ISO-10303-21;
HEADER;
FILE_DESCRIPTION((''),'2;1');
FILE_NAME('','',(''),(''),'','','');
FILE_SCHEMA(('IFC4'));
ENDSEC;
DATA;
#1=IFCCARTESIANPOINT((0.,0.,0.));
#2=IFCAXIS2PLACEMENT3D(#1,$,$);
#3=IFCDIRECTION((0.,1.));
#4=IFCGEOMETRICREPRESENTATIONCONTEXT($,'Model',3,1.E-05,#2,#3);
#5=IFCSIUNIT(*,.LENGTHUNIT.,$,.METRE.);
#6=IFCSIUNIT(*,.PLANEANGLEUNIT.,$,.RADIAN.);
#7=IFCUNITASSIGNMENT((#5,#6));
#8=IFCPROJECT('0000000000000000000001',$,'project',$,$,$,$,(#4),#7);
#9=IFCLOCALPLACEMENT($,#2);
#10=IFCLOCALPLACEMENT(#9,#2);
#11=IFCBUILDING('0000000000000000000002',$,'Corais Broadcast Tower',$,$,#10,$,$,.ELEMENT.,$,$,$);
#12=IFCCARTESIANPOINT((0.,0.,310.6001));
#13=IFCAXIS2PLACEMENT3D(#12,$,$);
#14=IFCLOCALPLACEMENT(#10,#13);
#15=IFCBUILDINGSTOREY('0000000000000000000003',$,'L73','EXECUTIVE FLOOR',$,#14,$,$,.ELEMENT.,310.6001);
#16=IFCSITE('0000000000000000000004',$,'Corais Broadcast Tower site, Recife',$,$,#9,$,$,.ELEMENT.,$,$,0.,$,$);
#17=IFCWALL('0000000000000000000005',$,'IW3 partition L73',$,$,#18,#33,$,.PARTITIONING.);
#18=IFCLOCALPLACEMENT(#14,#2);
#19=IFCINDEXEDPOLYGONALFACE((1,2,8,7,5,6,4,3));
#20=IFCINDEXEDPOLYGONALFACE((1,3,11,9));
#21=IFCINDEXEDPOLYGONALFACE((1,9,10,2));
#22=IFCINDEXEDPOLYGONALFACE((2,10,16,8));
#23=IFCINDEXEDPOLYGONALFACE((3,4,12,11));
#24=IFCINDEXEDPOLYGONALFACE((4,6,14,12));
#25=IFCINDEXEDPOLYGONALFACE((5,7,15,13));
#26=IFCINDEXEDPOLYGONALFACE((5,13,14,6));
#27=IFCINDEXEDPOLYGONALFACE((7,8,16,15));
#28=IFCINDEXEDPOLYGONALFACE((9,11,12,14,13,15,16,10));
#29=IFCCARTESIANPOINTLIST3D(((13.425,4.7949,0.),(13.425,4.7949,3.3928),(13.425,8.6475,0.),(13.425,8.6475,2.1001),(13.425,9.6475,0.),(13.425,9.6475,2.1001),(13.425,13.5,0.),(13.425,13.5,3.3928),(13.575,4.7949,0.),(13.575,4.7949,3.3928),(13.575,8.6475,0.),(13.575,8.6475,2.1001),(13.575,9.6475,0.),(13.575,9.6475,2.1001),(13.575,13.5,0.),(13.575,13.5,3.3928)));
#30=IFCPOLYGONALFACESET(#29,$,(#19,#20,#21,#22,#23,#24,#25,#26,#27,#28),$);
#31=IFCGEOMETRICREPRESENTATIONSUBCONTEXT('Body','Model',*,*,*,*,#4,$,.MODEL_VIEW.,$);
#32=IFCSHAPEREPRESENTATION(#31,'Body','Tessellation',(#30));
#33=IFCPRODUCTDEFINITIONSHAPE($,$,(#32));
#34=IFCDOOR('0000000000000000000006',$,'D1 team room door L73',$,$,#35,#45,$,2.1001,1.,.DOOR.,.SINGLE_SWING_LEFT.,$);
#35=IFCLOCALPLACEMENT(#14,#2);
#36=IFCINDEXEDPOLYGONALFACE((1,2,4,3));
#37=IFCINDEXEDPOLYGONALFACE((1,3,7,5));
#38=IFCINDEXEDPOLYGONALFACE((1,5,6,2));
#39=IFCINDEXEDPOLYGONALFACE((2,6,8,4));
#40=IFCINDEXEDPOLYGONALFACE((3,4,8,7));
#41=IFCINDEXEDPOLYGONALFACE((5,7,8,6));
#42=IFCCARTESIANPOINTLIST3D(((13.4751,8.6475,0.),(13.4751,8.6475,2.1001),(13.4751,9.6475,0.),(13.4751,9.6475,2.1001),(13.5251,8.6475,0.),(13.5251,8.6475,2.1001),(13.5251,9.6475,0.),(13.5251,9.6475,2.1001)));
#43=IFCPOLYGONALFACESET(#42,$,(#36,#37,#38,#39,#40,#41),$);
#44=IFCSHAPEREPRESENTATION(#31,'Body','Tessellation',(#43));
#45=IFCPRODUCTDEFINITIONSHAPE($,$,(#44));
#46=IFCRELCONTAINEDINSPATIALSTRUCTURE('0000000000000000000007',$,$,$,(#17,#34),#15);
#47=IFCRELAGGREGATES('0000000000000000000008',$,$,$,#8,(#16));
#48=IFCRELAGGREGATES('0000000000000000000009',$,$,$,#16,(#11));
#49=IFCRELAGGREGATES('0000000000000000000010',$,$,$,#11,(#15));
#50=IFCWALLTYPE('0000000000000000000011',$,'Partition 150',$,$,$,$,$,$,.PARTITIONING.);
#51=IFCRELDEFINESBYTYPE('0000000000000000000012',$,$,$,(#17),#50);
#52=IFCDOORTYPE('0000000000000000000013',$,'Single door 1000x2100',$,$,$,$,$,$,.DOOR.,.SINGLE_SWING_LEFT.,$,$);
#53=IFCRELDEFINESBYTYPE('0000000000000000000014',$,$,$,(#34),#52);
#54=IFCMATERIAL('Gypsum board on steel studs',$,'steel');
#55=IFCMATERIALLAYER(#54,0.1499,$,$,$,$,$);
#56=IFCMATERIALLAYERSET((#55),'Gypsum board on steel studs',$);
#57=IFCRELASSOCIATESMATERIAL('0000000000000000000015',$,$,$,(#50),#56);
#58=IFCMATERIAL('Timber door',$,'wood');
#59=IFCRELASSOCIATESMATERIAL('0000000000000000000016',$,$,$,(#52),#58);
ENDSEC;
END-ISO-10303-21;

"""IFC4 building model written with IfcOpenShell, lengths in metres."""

from ifc_helpers import new_model, si_unit, direction, frame, frame_2d, origin, place, context, subcontext, project, spatial, rectangle, extrude, material, layer, layer_set, type_object, element, fill, save


model = new_model("IFC4")

# Units and contexts
model_context = context("Model", 3, precision=1e-05, world=origin(), true_north=direction((0.0, 1.0)))
body_context = subcontext(model_context, "Body", "Model", "MODEL_VIEW")
ifc_project = project(units=[si_unit("LENGTHUNIT", "METRE"), si_unit("PLANEANGLEUNIT", "RADIAN")], contexts=[model_context])

# Site, building, storey
site_placement = place(None, origin())
site = spatial("IfcSite", under=ifc_project, at=site_placement, Name="Corais Broadcast Tower site, Recife", CompositionType="ELEMENT", RefElevation=0.0)
building_placement = place(site_placement, origin())
building = spatial("IfcBuilding", under=site, at=building_placement, Name="Corais Broadcast Tower", CompositionType="ELEMENT")
storey_placement = place(building_placement, frame((0.0, 0.0, 310.6001)))
storey = spatial("IfcBuildingStorey", under=building, at=storey_placement, Name="L73", Description="EXECUTIVE FLOOR", CompositionType="ELEMENT", Elevation=310.6001)

# Wall, opening, door
ifc_material_1 = material(Name="Gypsum board on steel studs", Category="steel")
ifc_layer_1 = layer(ifc_material_1, 0.1499)
ifc_layer_set_1 = layer_set([ifc_layer_1], Name="Gypsum board on steel studs")
wall_type = type_object("IfcWallType", Name="Partition 150", PredefinedType="PARTITIONING", material=ifc_layer_set_1)
wall_placement = place(storey_placement, frame((13.5, 4.7949, 0.0), z_axis=(0.0, 0.0, 1.0), x_axis=(0.0, 1.0, 0.0)))
wall = element("IfcWall", 1, at=wall_placement, inside=storey, type_object=wall_type, Name="IW3 partition L73", PredefinedType="PARTITIONING", context=body_context, shape_type="SweptSolid", body=[
    extrude(rectangle(XDim=8.7051, YDim=0.1499, at=frame_2d((4.3525, 0.0))), origin(), (0.0, 0.0, 1.0), 3.3928),
])
opening_placement = place(wall_placement, frame((3.8525, 0.0, 0.0)))
opening = element("IfcOpeningElement", 2, at=opening_placement, cuts=wall, PredefinedType="OPENING", context=body_context, shape_type="SweptSolid", body=[
    extrude(rectangle(XDim=1.0, YDim=2.1001, at=frame_2d((0.5, 1.05))), frame((0.0, 0.085, 0.0), z_axis=(0.0, -1.0, 0.0), x_axis=(1.0, 0.0, 0.0)), (0.0, 0.0, 1.0), 0.1699),
])
ifc_material_2 = material(Name="Timber door", Category="wood")
door_type = type_object("IfcDoorType", Name="Single door 1000x2100", OperationType="SINGLE_SWING_LEFT", PredefinedType="DOOR", material=ifc_material_2)
door_placement = place(opening_placement, origin())
door = element("IfcDoor", 3, at=door_placement, inside=storey, type_object=door_type, Name="D1 team room door L73", OperationType="SINGLE_SWING_LEFT", OverallHeight=2.1001, OverallWidth=1.0, PredefinedType="DOOR", context=body_context, shape_type="SweptSolid", body=[
    extrude(rectangle(XDim=1.0, YDim=2.1001, at=frame_2d((0.5, 1.05))), frame((0.0, 0.0249, 0.0), z_axis=(0.0, -1.0, 0.0), x_axis=(1.0, 0.0, 0.0)), (0.0, 0.0, 1.0), 0.05),
])
fill(opening, door)

save(model, "model.ifc")
